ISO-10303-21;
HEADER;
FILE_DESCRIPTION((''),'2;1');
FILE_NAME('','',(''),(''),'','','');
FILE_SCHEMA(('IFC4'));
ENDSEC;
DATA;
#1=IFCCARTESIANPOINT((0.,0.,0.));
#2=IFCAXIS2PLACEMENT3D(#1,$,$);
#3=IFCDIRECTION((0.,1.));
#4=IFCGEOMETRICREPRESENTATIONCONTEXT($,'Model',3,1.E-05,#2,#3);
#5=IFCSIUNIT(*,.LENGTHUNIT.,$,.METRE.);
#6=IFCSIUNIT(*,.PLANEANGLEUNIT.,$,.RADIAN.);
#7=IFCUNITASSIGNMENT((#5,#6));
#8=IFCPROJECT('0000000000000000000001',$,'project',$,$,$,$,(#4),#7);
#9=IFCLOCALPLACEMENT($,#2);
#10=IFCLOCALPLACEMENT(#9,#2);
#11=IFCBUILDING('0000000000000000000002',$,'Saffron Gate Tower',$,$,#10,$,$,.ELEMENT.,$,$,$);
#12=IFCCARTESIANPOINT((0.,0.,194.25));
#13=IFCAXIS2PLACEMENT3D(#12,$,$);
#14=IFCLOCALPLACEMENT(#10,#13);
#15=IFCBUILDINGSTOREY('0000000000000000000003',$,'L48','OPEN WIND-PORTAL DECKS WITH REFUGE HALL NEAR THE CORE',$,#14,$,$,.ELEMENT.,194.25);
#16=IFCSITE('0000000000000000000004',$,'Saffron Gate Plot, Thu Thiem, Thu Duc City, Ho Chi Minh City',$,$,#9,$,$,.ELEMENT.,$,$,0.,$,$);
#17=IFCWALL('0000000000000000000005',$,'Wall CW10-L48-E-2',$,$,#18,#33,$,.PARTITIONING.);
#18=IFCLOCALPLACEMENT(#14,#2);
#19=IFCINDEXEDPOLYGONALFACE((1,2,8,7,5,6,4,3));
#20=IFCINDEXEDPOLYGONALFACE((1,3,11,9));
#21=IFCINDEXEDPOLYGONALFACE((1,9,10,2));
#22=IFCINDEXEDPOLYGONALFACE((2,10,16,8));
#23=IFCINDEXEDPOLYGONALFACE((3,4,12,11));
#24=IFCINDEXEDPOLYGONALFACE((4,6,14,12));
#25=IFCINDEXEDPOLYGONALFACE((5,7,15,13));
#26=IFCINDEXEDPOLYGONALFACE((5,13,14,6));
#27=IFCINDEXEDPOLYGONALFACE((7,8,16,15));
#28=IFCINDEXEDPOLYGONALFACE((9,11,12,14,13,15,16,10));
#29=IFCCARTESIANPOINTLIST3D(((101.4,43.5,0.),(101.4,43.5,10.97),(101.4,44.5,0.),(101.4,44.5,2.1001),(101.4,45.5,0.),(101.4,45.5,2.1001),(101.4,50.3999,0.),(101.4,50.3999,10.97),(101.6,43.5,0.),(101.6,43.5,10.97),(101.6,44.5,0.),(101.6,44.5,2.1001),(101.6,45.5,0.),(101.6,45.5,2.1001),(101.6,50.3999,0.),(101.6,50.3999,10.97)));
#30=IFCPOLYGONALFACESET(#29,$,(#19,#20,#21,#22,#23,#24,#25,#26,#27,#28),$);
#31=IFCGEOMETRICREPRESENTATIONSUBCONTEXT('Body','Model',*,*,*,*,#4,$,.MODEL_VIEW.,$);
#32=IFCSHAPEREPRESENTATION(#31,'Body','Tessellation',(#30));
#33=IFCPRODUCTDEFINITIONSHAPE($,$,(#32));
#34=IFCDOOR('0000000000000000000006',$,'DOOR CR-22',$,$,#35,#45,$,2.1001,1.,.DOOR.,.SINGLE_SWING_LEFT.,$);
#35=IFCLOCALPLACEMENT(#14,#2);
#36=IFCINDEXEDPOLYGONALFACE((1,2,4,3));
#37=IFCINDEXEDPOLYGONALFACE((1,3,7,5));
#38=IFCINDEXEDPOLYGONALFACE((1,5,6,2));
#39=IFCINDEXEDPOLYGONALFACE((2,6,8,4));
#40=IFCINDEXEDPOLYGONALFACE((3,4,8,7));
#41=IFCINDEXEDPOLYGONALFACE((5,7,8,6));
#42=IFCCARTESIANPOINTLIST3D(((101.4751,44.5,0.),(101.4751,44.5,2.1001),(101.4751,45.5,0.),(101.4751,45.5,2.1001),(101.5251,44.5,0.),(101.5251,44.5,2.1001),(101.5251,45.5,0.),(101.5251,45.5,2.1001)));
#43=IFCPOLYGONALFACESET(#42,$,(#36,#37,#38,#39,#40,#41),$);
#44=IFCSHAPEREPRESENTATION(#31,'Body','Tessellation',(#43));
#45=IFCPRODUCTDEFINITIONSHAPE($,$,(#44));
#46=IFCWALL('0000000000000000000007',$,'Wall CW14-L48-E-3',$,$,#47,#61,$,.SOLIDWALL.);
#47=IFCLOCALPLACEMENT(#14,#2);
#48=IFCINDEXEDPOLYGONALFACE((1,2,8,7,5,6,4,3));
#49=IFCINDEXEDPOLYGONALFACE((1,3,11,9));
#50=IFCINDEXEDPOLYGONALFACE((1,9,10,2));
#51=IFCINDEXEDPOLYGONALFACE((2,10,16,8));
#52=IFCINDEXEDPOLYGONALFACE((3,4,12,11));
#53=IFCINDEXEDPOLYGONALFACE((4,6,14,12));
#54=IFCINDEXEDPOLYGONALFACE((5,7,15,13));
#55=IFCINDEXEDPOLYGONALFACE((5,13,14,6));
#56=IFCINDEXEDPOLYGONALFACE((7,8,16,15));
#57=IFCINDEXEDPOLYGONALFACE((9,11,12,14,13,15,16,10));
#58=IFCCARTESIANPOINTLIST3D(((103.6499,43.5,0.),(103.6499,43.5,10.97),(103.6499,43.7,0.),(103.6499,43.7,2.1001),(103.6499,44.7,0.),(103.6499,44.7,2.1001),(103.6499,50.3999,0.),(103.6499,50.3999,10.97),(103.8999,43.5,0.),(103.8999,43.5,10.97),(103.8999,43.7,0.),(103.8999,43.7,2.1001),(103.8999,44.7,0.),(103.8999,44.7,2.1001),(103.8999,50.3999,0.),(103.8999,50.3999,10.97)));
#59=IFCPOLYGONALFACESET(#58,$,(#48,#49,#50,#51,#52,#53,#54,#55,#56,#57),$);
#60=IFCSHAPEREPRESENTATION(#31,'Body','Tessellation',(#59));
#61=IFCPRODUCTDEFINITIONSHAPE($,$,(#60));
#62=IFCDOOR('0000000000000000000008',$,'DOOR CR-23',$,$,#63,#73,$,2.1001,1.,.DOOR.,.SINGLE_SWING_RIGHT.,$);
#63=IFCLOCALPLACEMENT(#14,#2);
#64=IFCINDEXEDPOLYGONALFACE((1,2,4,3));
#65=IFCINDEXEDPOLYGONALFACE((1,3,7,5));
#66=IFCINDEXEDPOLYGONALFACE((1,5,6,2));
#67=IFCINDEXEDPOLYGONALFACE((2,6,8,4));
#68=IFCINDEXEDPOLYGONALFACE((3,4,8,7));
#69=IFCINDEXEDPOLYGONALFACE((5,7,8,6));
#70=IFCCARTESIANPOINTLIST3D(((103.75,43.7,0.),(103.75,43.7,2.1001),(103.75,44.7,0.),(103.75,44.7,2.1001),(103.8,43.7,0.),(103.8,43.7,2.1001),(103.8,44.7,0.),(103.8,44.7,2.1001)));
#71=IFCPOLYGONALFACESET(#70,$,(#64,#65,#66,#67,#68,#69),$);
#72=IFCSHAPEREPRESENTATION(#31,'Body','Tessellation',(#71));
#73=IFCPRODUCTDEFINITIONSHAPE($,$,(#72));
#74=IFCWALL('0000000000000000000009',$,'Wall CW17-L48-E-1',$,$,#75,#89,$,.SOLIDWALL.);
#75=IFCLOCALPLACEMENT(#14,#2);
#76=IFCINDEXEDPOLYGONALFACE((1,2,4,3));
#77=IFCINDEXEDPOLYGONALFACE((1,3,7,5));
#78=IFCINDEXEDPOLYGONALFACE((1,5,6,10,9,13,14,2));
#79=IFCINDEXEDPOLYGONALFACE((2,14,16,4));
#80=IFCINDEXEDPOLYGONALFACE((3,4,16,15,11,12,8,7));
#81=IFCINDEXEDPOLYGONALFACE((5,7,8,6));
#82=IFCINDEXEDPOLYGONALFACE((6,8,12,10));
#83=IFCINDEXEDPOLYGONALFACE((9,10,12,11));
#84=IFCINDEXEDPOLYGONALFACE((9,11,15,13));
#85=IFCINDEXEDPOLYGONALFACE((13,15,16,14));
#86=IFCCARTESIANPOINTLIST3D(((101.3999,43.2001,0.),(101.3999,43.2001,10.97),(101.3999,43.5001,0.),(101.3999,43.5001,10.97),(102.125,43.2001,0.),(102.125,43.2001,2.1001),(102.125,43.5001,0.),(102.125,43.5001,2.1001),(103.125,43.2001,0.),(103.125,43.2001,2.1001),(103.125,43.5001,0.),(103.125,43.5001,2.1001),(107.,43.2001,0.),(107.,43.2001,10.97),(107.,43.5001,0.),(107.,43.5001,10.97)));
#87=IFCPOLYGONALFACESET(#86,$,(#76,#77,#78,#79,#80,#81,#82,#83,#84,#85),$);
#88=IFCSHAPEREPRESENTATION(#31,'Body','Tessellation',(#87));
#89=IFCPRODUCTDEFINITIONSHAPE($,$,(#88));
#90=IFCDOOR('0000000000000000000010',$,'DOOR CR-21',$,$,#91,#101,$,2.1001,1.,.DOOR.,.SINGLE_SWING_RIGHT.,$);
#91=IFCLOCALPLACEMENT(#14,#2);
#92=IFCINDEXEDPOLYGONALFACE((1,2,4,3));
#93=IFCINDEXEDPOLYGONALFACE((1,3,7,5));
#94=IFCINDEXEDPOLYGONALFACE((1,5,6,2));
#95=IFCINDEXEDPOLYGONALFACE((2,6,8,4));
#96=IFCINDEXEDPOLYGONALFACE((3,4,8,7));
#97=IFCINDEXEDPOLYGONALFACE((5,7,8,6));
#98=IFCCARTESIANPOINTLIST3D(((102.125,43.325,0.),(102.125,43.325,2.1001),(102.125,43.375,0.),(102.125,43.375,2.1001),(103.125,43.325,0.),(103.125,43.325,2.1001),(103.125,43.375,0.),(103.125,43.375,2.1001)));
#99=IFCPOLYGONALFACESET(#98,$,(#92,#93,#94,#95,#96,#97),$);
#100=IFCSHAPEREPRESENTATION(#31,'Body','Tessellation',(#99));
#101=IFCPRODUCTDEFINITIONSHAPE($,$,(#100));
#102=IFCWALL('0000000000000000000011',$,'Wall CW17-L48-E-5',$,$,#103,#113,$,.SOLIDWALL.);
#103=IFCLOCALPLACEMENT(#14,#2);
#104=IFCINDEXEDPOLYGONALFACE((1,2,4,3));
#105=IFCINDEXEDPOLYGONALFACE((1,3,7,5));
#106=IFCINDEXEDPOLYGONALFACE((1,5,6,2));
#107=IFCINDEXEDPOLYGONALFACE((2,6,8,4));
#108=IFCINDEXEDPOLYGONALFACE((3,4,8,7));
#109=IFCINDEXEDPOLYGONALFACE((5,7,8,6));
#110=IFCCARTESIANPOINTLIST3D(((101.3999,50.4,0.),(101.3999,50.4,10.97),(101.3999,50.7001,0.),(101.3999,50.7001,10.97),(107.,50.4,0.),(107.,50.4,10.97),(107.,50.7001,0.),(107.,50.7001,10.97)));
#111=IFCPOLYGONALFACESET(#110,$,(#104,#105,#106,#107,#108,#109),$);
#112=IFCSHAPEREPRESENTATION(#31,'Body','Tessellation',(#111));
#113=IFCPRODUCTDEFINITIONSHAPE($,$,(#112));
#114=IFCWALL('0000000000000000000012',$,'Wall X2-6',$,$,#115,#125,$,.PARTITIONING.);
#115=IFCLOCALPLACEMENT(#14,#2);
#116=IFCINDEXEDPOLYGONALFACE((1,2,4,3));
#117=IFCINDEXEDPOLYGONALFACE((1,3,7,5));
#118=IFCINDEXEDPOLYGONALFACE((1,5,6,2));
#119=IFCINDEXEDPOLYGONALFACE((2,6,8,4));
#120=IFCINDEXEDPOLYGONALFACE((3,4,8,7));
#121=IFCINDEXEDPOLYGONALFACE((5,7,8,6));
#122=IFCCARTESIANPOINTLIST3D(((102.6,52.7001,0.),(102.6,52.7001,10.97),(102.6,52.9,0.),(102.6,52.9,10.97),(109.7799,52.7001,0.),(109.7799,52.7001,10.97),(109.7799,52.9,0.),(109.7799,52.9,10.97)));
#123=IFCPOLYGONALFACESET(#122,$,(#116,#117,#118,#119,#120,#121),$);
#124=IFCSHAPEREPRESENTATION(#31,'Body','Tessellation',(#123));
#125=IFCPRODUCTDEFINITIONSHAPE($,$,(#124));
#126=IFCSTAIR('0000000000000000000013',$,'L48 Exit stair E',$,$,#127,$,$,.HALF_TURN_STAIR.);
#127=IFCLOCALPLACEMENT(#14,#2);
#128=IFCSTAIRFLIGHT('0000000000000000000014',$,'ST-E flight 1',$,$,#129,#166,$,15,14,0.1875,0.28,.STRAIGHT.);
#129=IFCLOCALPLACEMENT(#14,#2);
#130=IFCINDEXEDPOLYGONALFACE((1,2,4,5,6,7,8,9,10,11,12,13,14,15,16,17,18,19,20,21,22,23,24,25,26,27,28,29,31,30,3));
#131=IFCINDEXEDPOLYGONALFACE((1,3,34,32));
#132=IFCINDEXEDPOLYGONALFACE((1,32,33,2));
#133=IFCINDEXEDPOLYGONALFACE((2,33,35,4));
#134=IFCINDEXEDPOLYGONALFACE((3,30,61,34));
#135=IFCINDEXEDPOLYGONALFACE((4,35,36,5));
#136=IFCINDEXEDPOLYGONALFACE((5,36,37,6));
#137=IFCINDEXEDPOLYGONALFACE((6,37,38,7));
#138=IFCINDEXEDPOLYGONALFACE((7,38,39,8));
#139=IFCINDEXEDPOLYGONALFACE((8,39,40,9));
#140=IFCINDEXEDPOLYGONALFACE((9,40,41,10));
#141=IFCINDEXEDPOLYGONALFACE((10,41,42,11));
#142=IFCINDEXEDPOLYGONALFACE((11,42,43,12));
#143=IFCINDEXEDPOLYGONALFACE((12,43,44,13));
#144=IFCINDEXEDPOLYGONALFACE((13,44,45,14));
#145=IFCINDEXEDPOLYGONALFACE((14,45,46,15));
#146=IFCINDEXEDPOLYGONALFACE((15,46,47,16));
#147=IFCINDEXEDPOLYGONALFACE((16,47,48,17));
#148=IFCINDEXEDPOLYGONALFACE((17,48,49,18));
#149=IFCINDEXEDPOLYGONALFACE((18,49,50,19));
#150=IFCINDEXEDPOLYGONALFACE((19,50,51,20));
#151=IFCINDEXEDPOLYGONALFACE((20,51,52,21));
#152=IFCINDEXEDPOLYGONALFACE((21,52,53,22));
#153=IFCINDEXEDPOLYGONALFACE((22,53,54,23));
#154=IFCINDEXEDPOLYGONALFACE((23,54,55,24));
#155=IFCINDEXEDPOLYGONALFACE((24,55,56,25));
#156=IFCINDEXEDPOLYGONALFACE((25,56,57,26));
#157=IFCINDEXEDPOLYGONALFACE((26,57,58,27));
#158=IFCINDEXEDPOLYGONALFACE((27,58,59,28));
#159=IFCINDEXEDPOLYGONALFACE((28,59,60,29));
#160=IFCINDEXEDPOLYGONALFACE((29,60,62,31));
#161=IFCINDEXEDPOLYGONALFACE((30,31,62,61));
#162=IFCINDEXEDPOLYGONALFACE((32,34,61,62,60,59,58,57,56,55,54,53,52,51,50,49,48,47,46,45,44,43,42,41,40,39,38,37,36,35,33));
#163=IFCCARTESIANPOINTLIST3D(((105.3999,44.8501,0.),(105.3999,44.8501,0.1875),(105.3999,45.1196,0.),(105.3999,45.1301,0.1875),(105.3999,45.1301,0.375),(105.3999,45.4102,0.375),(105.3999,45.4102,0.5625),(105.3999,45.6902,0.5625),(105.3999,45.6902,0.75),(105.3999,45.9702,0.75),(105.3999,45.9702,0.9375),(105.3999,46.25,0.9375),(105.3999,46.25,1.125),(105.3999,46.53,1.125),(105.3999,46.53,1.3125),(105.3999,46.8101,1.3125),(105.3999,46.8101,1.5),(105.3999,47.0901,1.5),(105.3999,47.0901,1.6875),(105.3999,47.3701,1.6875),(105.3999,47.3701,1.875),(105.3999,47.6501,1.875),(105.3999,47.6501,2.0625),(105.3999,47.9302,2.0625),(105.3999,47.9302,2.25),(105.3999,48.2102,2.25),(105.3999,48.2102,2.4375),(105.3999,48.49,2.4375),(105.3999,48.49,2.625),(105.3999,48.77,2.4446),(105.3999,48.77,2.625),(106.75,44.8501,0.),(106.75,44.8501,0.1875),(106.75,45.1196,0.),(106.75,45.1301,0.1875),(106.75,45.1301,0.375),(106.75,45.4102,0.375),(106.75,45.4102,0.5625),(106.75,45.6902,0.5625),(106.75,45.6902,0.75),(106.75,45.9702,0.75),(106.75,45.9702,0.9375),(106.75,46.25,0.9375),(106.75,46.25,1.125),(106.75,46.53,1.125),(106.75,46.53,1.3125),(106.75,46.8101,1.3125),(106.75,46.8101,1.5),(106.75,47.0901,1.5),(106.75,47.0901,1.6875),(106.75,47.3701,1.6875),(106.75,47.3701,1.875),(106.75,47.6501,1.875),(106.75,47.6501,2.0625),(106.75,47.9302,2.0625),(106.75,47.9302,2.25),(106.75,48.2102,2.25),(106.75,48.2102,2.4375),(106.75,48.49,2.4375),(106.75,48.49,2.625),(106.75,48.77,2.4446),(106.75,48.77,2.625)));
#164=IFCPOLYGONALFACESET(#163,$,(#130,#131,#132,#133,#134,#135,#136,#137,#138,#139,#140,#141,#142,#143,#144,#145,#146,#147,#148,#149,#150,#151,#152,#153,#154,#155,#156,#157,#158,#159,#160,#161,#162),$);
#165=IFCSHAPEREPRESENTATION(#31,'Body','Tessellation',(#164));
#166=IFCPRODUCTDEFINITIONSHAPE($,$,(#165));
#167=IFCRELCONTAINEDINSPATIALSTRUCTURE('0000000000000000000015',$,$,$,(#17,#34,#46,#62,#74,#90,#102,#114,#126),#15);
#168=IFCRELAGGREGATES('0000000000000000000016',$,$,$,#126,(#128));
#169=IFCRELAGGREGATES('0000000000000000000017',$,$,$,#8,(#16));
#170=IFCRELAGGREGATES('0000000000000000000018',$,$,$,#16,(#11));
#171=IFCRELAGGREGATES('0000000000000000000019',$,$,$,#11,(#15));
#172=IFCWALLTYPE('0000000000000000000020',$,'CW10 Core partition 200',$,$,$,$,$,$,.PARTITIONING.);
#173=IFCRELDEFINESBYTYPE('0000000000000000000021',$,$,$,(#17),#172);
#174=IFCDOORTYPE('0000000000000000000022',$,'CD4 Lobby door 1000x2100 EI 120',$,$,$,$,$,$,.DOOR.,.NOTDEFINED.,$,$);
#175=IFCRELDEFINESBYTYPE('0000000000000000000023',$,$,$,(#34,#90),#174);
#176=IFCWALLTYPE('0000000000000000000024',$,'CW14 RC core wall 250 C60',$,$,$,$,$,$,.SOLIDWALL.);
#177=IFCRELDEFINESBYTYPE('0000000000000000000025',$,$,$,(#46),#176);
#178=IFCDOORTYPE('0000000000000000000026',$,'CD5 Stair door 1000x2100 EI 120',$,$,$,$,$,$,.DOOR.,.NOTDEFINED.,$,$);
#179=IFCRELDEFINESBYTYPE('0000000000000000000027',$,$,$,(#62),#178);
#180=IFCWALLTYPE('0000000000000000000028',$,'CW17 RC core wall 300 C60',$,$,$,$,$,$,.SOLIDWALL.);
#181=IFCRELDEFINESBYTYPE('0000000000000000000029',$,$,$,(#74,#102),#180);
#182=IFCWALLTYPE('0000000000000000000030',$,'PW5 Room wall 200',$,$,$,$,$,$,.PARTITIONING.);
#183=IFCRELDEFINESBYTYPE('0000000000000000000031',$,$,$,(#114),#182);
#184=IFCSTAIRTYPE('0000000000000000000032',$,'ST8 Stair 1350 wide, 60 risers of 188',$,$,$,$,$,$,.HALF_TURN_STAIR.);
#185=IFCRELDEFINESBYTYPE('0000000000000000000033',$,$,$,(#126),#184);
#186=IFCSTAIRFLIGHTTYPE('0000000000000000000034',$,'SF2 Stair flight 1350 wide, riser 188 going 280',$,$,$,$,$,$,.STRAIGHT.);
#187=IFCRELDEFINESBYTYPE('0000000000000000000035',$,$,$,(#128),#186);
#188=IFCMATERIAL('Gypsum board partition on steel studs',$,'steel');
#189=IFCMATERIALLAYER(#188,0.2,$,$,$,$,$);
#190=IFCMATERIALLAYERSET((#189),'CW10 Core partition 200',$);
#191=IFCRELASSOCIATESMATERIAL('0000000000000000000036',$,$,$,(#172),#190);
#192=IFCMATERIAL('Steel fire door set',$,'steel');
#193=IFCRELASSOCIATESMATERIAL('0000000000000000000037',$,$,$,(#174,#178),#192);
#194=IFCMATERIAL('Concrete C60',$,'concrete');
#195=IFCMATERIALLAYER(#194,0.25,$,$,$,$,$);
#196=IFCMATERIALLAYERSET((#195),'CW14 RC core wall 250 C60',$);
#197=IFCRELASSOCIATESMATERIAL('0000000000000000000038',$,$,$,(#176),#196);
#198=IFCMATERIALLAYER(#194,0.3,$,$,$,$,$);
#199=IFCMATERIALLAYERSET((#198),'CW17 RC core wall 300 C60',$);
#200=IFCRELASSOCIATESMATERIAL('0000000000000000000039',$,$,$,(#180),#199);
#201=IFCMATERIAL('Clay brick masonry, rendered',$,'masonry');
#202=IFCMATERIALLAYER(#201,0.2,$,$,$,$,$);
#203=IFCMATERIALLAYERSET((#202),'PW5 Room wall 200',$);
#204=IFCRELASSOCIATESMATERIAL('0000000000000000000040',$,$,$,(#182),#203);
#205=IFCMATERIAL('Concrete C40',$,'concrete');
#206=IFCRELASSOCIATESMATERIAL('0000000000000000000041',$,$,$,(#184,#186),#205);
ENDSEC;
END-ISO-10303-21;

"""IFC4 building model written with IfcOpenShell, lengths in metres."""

from ifc_helpers import new_model, si_unit, direction, frame, frame_2d, origin, place, context, subcontext, project, spatial, polyline, rectangle, outline, extrude, material, layer, layer_set, type_object, element, fill, aggregate, save


model = new_model("IFC4")

# Units and contexts
model_context = context("Model", 3, precision=1e-05, world=origin(), true_north=direction((0.0, 1.0)))
body_context = subcontext(model_context, "Body", "Model", "MODEL_VIEW")
ifc_project = project(units=[si_unit("LENGTHUNIT", "METRE"), si_unit("PLANEANGLEUNIT", "RADIAN")], contexts=[model_context])

# Site, building, storey
site_placement = place(None, origin())
site = spatial("IfcSite", under=ifc_project, at=site_placement, Name="Saffron Gate Plot, Thu Thiem, Thu Duc City, Ho Chi Minh City", CompositionType="ELEMENT", RefElevation=0.0)
building_placement = place(site_placement, origin())
building = spatial("IfcBuilding", under=site, at=building_placement, Name="Saffron Gate Tower", CompositionType="ELEMENT")
storey_placement = place(building_placement, frame((0.0, 0.0, 194.25)))
storey = spatial("IfcBuildingStorey", under=building, at=storey_placement, Name="L48", Description="OPEN WIND-PORTAL DECKS WITH REFUGE HALL NEAR THE CORE", CompositionType="ELEMENT", Elevation=194.25)

# Walls, openings, doors
ifc_material_1 = material(Name="Gypsum board partition on steel studs", Category="steel")
ifc_layer_1 = layer(ifc_material_1, 0.2)
ifc_layer_set_1 = layer_set([ifc_layer_1], Name="CW10 Core partition 200")
wall_type_1 = type_object("IfcWallType", Name="CW10 Core partition 200", PredefinedType="PARTITIONING", material=ifc_layer_set_1)
wall_1_placement = place(storey_placement, frame((101.5, 43.5, 0.0), z_axis=(0.0, 0.0, 1.0), x_axis=(0.0, 1.0, 0.0)))
wall_1 = element("IfcWall", 1, at=wall_1_placement, inside=storey, type_object=wall_type_1, Name="Wall CW10-L48-E-2", PredefinedType="PARTITIONING", context=body_context, shape_type="SweptSolid", body=[
    extrude(rectangle(XDim=6.8999, YDim=0.2, at=frame_2d((3.45, 0.0))), origin(), (0.0, 0.0, 1.0), 10.97),
])
opening_1_placement = place(wall_1_placement, frame((1.0, 0.0, 0.0)))
opening_1 = element("IfcOpeningElement", 2, at=opening_1_placement, cuts=wall_1, PredefinedType="OPENING", context=body_context, shape_type="SweptSolid", body=[
    extrude(rectangle(XDim=1.0, YDim=2.1001, at=frame_2d((0.5, 1.05))), frame((0.0, 0.1099, 0.0), z_axis=(0.0, -1.0, 0.0), x_axis=(1.0, 0.0, 0.0)), (0.0, 0.0, 1.0), 0.22),
])
ifc_material_2 = material(Name="Steel fire door set", Category="steel")
door_type_1 = type_object("IfcDoorType", Name="CD4 Lobby door 1000x2100 EI 120", OperationType="NOTDEFINED", PredefinedType="DOOR", material=ifc_material_2)
door_1_placement = place(opening_1_placement, origin())
door_1 = element("IfcDoor", 3, at=door_1_placement, inside=storey, type_object=door_type_1, Name="DOOR CR-22", OperationType="SINGLE_SWING_LEFT", OverallHeight=2.1001, OverallWidth=1.0, PredefinedType="DOOR", context=body_context, shape_type="SweptSolid", body=[
    extrude(rectangle(XDim=1.0, YDim=2.1001, at=frame_2d((0.5, 1.05))), frame((0.0, 0.0249, 0.0), z_axis=(0.0, -1.0, 0.0), x_axis=(1.0, 0.0, 0.0)), (0.0, 0.0, 1.0), 0.05),
])
fill(opening_1, door_1)
ifc_material_3 = material(Name="Concrete C60", Category="concrete")
ifc_layer_2 = layer(ifc_material_3, 0.25)
ifc_layer_set_2 = layer_set([ifc_layer_2], Name="CW14 RC core wall 250 C60")
wall_type_2 = type_object("IfcWallType", Name="CW14 RC core wall 250 C60", PredefinedType="SOLIDWALL", material=ifc_layer_set_2)
wall_2_placement = place(storey_placement, frame((103.7749, 43.5, 0.0), z_axis=(0.0, 0.0, 1.0), x_axis=(0.0, 1.0, 0.0)))
wall_2 = element("IfcWall", 4, at=wall_2_placement, inside=storey, type_object=wall_type_2, Name="Wall CW14-L48-E-3", PredefinedType="SOLIDWALL", context=body_context, shape_type="SweptSolid", body=[
    extrude(rectangle(XDim=6.8999, YDim=0.25, at=frame_2d((3.45, 0.0))), origin(), (0.0, 0.0, 1.0), 10.97),
])
opening_2_placement = place(wall_2_placement, frame((0.2, 0.0, 0.0)))
opening_2 = element("IfcOpeningElement", 5, at=opening_2_placement, cuts=wall_2, PredefinedType="OPENING", context=body_context, shape_type="SweptSolid", body=[
    extrude(rectangle(XDim=1.0, YDim=2.1001, at=frame_2d((0.5, 1.05))), frame((0.0, 0.135, 0.0), z_axis=(0.0, -1.0, 0.0), x_axis=(1.0, 0.0, 0.0)), (0.0, 0.0, 1.0), 0.27),
])
door_type_2 = type_object("IfcDoorType", Name="CD5 Stair door 1000x2100 EI 120", OperationType="NOTDEFINED", PredefinedType="DOOR", material=ifc_material_2)
door_2_placement = place(opening_2_placement, origin())
door_2 = element("IfcDoor", 6, at=door_2_placement, inside=storey, type_object=door_type_2, Name="DOOR CR-23", OperationType="SINGLE_SWING_RIGHT", OverallHeight=2.1001, OverallWidth=1.0, PredefinedType="DOOR", context=body_context, shape_type="SweptSolid", body=[
    extrude(rectangle(XDim=1.0, YDim=2.1001, at=frame_2d((0.5, 1.05))), frame((0.0, 0.0249, 0.0), z_axis=(0.0, -1.0, 0.0), x_axis=(1.0, 0.0, 0.0)), (0.0, 0.0, 1.0), 0.05),
])
fill(opening_2, door_2)
ifc_layer_3 = layer(ifc_material_3, 0.3)
ifc_layer_set_3 = layer_set([ifc_layer_3], Name="CW17 RC core wall 300 C60")
wall_type_3 = type_object("IfcWallType", Name="CW17 RC core wall 300 C60", PredefinedType="SOLIDWALL", material=ifc_layer_set_3)
wall_3_placement = place(storey_placement, frame((101.3999, 43.3501, 0.0), z_axis=(0.0, 0.0, 1.0), x_axis=(1.0, 0.0, 0.0)))
wall_3 = element("IfcWall", 7, at=wall_3_placement, inside=storey, type_object=wall_type_3, Name="Wall CW17-L48-E-1", PredefinedType="SOLIDWALL", context=body_context, shape_type="SweptSolid", body=[
    extrude(rectangle(XDim=5.6001, YDim=0.3, at=frame_2d((2.8, 0.0))), origin(), (0.0, 0.0, 1.0), 10.97),
])
opening_3_placement = place(wall_3_placement, frame((0.7251, 0.0, 0.0)))
opening_3 = element("IfcOpeningElement", 8, at=opening_3_placement, cuts=wall_3, PredefinedType="OPENING", context=body_context, shape_type="SweptSolid", body=[
    extrude(rectangle(XDim=1.0, YDim=2.1001, at=frame_2d((0.5, 1.05))), frame((0.0, 0.1602, 0.0), z_axis=(0.0, -1.0, 0.0), x_axis=(1.0, 0.0, 0.0)), (0.0, 0.0, 1.0), 0.3201),
])
door_3_placement = place(opening_3_placement, origin())
door_3 = element("IfcDoor", 9, at=door_3_placement, inside=storey, type_object=door_type_1, Name="DOOR CR-21", OperationType="SINGLE_SWING_RIGHT", OverallHeight=2.1001, OverallWidth=1.0, PredefinedType="DOOR", context=body_context, shape_type="SweptSolid", body=[
    extrude(rectangle(XDim=1.0, YDim=2.1001, at=frame_2d((0.5, 1.05))), frame((0.0, 0.0249, 0.0), z_axis=(0.0, -1.0, 0.0), x_axis=(1.0, 0.0, 0.0)), (0.0, 0.0, 1.0), 0.05),
])
fill(opening_3, door_3)

# Walls
wall_4_placement = place(storey_placement, frame((101.3999, 50.55, 0.0), z_axis=(0.0, 0.0, 1.0), x_axis=(1.0, 0.0, 0.0)))
element("IfcWall", 10, at=wall_4_placement, inside=storey, type_object=wall_type_3, Name="Wall CW17-L48-E-5", PredefinedType="SOLIDWALL", context=body_context, shape_type="SweptSolid", body=[
    extrude(rectangle(XDim=5.6001, YDim=0.3, at=frame_2d((2.8, 0.0))), origin(), (0.0, 0.0, 1.0), 10.97),
])
ifc_material_4 = material(Name="Clay brick masonry, rendered", Category="masonry")
ifc_layer_4 = layer(ifc_material_4, 0.2)
ifc_layer_set_4 = layer_set([ifc_layer_4], Name="PW5 Room wall 200")
wall_type_4 = type_object("IfcWallType", Name="PW5 Room wall 200", PredefinedType="PARTITIONING", material=ifc_layer_set_4)
wall_5_placement = place(storey_placement, frame((102.6001, 52.8, 0.0), z_axis=(0.0, 0.0, 1.0), x_axis=(1.0, 0.0, 0.0)))
element("IfcWall", 11, at=wall_5_placement, inside=storey, type_object=wall_type_4, Name="Wall X2-6", PredefinedType="PARTITIONING", context=body_context, shape_type="SweptSolid", body=[
    extrude(rectangle(XDim=7.1799, YDim=0.2, at=frame_2d((3.5898, 0.0))), origin(), (0.0, 0.0, 1.0), 10.97),
])

# Stair, stair flight
ifc_material_5 = material(Name="Concrete C40", Category="concrete")
stair_type = type_object("IfcStairType", Name="ST8 Stair 1350 wide, 60 risers of 188", PredefinedType="HALF_TURN_STAIR", material=ifc_material_5)
stair_placement = place(storey_placement, origin())
stair = element("IfcStair", 12, at=stair_placement, inside=storey, type_object=stair_type, Name="L48 Exit stair E", PredefinedType="HALF_TURN_STAIR")
stair_flight_type = type_object("IfcStairFlightType", Name="SF2 Stair flight 1350 wide, riser 188 going 280", PredefinedType="STRAIGHT", material=ifc_material_5)
stair_flight_1_placement = place(storey_placement, frame((106.075, 44.8501, 0.0), z_axis=(0.0, 0.0, 1.0), x_axis=(0.0, 1.0, 0.0)))
stair_flight_1 = element("IfcStairFlight", 13, at=stair_flight_1_placement, type_object=stair_flight_type, Name="ST-E flight 1", NumberOfRisers=15, NumberOfTreads=14, PredefinedType="STRAIGHT", RiserHeight=0.1875, TreadLength=0.28, context=body_context, shape_type="SweptSolid", body=[
    extrude(outline(polyline([(0.0, 0.0), (0.0, 0.1875), (0.28, 0.1875), (0.28, 0.375), (0.5601, 0.375), (0.5601, 0.5625), (0.8401, 0.5625), (0.8401, 0.75), (1.1201, 0.75), (1.1201, 0.9375), (1.3999, 0.9375), (1.3999, 1.125), (1.6799, 1.125), (1.6799, 1.3125), (1.96, 1.3125), (1.96, 1.5), (2.24, 1.5), (2.24, 1.6875), (2.52, 1.6875), (2.52, 1.875), (2.8, 1.875), (2.8, 2.0625), (3.0801, 2.0625), (3.0801, 2.25), (3.3601, 2.25), (3.3601, 2.4375), (3.6399, 2.4375), (3.6399, 2.625), (3.9199, 2.625), (3.9199, 2.8125), (3.9199, 2.4446), (0.2695, 0.0), (0.0, 0.0)])), frame((0.0, 0.675, 0.0), z_axis=(0.0, -1.0, 0.0), x_axis=(1.0, 0.0, 0.0)), (0.0, 0.0, 1.0), 1.3501),
])
aggregate(stair, [stair_flight_1])

save(model, "model.ifc")
